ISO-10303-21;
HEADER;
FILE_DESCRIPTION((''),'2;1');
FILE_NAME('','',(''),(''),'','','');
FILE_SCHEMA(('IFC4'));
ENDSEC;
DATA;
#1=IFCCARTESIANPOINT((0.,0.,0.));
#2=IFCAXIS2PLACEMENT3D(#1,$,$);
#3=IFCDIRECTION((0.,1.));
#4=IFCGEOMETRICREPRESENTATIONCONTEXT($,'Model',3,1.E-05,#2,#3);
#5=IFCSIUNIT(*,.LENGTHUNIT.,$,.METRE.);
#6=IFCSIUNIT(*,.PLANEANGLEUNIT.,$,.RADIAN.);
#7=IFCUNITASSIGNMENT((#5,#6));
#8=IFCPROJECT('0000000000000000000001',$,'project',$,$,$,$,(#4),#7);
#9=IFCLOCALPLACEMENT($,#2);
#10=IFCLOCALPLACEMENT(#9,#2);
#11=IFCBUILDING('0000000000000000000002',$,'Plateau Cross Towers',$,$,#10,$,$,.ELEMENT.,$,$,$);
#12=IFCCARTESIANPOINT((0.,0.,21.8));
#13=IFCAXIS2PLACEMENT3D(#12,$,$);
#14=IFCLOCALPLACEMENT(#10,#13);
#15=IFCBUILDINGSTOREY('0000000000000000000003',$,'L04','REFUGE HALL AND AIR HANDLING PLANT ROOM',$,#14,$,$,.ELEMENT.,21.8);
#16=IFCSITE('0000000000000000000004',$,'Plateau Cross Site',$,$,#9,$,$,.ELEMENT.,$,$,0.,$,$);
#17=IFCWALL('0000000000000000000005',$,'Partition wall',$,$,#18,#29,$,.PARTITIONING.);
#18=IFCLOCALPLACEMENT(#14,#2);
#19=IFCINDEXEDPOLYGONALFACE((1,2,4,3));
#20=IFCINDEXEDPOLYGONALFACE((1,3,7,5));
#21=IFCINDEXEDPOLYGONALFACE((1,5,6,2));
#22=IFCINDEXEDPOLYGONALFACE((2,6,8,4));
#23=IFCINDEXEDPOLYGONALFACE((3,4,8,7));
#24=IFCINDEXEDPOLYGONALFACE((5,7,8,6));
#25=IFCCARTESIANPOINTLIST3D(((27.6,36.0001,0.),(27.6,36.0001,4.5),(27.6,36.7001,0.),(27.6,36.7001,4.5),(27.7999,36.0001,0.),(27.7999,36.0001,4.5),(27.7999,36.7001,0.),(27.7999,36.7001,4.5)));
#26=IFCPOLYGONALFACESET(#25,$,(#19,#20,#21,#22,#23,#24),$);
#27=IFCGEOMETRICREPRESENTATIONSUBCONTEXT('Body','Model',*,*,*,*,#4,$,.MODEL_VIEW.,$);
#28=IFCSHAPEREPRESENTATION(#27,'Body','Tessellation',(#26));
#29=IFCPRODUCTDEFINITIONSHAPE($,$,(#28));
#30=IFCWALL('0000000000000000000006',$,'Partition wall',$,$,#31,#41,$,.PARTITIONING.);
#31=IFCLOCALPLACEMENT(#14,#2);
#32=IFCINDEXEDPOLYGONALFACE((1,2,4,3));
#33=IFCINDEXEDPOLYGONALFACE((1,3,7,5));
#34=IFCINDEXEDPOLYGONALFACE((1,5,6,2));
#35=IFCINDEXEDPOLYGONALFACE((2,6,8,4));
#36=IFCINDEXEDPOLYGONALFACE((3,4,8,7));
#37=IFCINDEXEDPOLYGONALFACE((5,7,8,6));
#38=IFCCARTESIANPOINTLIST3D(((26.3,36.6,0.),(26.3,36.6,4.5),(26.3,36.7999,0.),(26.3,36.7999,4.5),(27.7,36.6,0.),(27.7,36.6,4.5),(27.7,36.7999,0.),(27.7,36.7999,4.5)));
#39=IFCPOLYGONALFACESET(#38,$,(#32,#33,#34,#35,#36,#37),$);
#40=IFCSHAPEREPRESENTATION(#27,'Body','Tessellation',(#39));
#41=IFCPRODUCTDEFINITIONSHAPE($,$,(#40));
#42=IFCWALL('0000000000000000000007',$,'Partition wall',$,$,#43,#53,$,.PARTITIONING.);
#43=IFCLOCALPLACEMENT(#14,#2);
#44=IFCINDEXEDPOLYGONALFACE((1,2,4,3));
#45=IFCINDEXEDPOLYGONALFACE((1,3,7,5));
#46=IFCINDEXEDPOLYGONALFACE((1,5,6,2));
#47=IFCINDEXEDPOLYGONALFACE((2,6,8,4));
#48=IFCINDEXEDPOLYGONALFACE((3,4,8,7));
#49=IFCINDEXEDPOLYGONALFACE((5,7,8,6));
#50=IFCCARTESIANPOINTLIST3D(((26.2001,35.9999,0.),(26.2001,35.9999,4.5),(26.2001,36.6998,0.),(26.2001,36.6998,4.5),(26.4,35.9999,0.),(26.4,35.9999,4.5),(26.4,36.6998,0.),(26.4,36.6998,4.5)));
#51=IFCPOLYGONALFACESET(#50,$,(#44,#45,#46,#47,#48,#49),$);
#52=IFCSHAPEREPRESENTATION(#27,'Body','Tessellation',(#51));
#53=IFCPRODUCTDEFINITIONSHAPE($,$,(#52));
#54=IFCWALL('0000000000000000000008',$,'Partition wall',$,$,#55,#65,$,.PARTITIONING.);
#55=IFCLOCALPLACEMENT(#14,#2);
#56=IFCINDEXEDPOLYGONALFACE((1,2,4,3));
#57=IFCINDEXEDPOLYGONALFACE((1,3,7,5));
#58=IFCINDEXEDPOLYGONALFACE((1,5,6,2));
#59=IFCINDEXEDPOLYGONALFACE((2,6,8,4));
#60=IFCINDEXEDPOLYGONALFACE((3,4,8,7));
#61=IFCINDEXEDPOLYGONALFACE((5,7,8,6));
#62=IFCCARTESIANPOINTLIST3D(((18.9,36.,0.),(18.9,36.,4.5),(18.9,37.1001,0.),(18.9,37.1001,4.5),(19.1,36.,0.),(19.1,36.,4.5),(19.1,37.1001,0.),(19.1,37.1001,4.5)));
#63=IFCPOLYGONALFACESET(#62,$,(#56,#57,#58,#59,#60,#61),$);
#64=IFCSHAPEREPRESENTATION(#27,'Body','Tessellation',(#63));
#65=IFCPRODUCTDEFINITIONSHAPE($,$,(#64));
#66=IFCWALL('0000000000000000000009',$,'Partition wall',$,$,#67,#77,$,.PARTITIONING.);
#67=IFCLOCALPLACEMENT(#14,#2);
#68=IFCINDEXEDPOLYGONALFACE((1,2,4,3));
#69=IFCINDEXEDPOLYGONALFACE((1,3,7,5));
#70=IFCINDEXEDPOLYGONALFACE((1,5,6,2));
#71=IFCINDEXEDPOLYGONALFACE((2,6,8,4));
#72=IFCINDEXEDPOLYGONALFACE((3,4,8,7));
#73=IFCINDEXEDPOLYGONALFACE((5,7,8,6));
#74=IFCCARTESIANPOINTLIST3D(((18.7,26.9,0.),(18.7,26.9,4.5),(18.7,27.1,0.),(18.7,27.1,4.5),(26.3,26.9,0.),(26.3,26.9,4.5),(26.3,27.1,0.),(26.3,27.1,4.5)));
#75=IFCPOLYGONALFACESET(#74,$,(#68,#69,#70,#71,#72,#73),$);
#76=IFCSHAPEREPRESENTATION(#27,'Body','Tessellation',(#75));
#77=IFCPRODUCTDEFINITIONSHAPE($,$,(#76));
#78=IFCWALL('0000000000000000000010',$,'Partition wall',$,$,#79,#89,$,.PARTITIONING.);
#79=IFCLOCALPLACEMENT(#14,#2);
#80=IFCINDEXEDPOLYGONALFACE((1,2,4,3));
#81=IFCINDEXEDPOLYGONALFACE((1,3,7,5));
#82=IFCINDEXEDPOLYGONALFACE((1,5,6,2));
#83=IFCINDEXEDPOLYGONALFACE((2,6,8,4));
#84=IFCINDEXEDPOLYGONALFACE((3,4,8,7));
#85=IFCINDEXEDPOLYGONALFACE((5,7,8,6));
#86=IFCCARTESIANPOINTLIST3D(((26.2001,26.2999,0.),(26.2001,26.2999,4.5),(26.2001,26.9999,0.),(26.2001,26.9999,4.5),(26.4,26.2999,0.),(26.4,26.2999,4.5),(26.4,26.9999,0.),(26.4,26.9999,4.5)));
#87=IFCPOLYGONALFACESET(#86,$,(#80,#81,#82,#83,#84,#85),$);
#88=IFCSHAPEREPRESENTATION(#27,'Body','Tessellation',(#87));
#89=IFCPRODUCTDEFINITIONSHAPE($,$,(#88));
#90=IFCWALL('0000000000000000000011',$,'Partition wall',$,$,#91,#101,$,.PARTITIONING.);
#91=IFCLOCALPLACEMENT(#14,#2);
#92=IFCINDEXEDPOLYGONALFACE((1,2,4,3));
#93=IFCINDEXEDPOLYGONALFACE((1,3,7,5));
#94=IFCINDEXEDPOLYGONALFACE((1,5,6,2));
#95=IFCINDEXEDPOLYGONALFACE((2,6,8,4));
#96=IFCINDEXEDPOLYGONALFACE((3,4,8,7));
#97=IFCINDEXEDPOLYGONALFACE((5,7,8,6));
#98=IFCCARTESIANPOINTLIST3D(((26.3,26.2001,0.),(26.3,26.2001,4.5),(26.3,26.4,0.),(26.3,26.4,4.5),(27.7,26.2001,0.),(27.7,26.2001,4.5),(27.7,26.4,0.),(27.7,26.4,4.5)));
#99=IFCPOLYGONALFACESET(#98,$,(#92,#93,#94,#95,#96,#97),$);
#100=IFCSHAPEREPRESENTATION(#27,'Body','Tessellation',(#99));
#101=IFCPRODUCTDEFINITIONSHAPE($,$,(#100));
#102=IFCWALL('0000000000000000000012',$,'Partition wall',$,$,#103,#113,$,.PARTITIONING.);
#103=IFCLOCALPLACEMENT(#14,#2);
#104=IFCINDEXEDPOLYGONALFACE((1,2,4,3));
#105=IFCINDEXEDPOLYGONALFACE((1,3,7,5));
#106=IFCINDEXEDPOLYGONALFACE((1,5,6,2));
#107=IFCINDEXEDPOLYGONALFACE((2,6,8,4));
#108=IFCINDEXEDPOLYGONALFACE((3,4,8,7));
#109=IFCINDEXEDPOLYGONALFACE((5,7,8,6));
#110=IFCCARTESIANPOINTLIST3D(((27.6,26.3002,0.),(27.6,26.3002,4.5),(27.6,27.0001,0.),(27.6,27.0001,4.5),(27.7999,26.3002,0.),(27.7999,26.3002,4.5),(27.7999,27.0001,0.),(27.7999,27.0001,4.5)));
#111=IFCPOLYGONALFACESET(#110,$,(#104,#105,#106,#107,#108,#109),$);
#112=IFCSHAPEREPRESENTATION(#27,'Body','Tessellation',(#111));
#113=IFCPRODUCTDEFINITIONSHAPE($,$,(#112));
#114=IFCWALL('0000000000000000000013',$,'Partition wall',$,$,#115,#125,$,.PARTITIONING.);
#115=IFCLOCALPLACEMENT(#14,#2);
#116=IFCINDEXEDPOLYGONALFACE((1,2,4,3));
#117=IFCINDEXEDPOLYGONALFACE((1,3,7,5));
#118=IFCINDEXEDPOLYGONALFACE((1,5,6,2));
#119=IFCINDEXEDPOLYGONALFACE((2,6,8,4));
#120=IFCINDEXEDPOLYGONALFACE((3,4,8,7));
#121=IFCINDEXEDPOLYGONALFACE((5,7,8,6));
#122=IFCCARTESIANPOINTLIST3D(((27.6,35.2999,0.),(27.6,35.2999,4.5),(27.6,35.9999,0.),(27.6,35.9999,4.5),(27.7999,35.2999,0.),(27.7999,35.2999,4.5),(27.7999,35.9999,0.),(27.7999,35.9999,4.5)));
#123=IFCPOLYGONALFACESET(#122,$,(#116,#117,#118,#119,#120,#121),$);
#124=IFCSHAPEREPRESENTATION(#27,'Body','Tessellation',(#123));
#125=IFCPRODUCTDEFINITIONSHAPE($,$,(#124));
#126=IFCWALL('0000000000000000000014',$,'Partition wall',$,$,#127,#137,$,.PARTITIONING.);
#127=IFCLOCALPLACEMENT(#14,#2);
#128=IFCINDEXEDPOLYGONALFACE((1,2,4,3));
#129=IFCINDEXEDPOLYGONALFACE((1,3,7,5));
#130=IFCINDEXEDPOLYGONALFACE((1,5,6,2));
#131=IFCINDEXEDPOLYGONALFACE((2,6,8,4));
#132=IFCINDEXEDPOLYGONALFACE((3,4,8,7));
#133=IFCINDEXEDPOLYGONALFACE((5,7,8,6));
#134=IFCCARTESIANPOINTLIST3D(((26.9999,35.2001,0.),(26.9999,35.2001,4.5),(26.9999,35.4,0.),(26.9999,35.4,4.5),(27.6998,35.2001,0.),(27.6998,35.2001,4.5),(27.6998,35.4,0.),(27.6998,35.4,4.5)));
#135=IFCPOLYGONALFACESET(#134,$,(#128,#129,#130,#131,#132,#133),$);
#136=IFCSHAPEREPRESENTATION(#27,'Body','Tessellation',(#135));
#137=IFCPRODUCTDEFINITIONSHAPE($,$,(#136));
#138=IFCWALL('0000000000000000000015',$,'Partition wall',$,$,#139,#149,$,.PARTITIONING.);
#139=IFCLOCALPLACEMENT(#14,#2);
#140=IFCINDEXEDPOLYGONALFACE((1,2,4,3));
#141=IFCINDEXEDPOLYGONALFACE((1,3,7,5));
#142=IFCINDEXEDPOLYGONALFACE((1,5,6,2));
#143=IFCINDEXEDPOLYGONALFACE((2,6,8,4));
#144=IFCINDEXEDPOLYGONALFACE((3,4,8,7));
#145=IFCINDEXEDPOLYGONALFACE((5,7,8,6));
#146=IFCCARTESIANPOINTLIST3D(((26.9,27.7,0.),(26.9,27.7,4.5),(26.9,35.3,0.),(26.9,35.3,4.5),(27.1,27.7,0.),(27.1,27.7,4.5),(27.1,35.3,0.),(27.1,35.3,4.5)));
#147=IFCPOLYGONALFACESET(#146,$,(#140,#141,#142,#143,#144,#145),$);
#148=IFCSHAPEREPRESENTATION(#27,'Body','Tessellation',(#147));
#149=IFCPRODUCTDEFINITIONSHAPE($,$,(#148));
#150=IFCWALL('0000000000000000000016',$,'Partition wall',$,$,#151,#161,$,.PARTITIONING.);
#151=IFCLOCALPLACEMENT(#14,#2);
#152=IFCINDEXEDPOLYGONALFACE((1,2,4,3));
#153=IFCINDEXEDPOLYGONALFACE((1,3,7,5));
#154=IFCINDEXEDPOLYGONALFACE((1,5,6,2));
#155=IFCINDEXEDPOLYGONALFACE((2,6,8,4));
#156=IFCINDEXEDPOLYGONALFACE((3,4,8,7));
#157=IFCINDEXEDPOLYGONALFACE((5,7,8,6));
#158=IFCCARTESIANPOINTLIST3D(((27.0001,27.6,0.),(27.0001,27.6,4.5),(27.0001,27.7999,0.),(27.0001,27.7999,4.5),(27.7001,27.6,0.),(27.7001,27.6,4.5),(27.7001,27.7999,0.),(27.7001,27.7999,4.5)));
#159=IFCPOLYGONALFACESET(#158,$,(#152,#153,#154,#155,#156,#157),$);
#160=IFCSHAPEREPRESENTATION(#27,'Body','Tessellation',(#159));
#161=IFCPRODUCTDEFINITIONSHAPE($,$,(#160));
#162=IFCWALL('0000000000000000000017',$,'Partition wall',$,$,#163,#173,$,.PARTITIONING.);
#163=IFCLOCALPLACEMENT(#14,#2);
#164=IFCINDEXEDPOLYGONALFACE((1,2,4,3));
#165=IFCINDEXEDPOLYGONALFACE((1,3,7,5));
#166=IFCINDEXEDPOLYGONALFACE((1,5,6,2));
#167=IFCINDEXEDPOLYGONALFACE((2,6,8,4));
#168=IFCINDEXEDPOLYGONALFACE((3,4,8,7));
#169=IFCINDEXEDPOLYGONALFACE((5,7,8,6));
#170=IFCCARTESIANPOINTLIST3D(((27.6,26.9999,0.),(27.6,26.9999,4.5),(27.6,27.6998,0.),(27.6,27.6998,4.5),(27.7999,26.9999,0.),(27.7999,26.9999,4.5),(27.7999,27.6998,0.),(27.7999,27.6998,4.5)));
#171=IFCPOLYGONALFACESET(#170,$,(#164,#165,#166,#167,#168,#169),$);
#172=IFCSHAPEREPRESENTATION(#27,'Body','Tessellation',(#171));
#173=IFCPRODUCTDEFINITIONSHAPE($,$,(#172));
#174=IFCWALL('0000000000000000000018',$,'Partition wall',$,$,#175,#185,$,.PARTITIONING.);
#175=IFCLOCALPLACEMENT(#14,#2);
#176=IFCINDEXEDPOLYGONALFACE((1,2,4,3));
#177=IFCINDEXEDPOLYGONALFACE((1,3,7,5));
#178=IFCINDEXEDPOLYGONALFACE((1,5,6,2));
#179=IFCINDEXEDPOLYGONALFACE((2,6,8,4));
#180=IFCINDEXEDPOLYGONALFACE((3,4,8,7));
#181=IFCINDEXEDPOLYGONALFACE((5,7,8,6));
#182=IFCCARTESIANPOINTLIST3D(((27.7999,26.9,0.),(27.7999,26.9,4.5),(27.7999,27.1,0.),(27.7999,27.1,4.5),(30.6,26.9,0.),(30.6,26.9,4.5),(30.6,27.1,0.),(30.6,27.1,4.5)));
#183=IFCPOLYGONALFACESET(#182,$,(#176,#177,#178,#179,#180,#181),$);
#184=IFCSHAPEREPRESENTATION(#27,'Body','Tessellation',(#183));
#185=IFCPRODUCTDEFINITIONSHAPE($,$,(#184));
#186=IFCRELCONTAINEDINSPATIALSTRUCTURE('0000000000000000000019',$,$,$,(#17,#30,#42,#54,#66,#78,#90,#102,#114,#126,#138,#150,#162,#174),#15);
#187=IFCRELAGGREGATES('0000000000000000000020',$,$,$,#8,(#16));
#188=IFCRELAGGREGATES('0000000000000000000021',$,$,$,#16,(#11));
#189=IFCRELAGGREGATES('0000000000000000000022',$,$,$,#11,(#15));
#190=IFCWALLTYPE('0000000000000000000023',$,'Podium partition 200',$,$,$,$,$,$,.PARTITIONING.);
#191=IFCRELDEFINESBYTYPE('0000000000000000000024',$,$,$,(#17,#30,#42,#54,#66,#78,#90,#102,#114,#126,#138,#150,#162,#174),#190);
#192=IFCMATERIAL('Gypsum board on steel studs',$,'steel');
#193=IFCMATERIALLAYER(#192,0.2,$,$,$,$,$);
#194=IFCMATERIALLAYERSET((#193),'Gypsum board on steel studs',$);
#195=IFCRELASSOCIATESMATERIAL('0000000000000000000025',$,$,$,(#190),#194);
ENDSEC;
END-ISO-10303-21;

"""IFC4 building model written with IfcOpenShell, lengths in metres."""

from ifc_helpers import new_model, si_unit, direction, frame, frame_2d, origin, place, context, subcontext, project, spatial, rectangle, extrude, material, layer, layer_set, type_object, element, save


model = new_model("IFC4")

# Units and contexts
model_context = context("Model", 3, precision=1e-05, world=origin(), true_north=direction((0.0, 1.0)))
body_context = subcontext(model_context, "Body", "Model", "MODEL_VIEW")
ifc_project = project(units=[si_unit("LENGTHUNIT", "METRE"), si_unit("PLANEANGLEUNIT", "RADIAN")], contexts=[model_context])

# Site, building, storey
site_placement = place(None, origin())
site = spatial("IfcSite", under=ifc_project, at=site_placement, Name="Plateau Cross Site", CompositionType="ELEMENT", RefElevation=0.0)
building_placement = place(site_placement, origin())
building = spatial("IfcBuilding", under=site, at=building_placement, Name="Plateau Cross Towers", CompositionType="ELEMENT")
storey_placement = place(building_placement, frame((0.0, 0.0, 21.8)))
storey = spatial("IfcBuildingStorey", under=building, at=storey_placement, Name="L04", Description="REFUGE HALL AND AIR HANDLING PLANT ROOM", CompositionType="ELEMENT", Elevation=21.8)

# Walls
ifc_material_1 = material(Name="Gypsum board on steel studs", Category="steel")
ifc_layer_1 = layer(ifc_material_1, 0.2)
ifc_layer_set_1 = layer_set([ifc_layer_1], Name="Gypsum board on steel studs")
wall_type_1 = type_object("IfcWallType", Name="Podium partition 200", PredefinedType="PARTITIONING", material=ifc_layer_set_1)
wall_1_placement = place(storey_placement, frame((27.7, 36.0, 0.0), z_axis=(0.0, 0.0, 1.0), x_axis=(0.0, 1.0, 0.0)))
element("IfcWall", 1, at=wall_1_placement, inside=storey, type_object=wall_type_1, Name="Partition wall", PredefinedType="PARTITIONING", context=body_context, shape_type="SweptSolid", body=[
    extrude(rectangle(XDim=0.7, YDim=0.2, at=frame_2d((0.3501, 0.0))), origin(), (0.0, 0.0, 1.0), 4.5),
])
wall_2_placement = place(storey_placement, frame((27.7, 36.7, 0.0), z_axis=(0.0, 0.0, 1.0), x_axis=(-1.0, 0.0, 0.0)))
element("IfcWall", 2, at=wall_2_placement, inside=storey, type_object=wall_type_1, Name="Partition wall", PredefinedType="PARTITIONING", context=body_context, shape_type="SweptSolid", body=[
    extrude(rectangle(XDim=1.3999, YDim=0.2, at=frame_2d((0.7, 0.0))), origin(), (0.0, 0.0, 1.0), 4.5),
])
wall_3_placement = place(storey_placement, frame((26.3, 36.7, 0.0), z_axis=(0.0, 0.0, 1.0), x_axis=(0.0, -1.0, 0.0)))
element("IfcWall", 3, at=wall_3_placement, inside=storey, type_object=wall_type_1, Name="Partition wall", PredefinedType="PARTITIONING", context=body_context, shape_type="SweptSolid", body=[
    extrude(rectangle(XDim=0.7, YDim=0.2, at=frame_2d((0.3501, 0.0))), origin(), (0.0, 0.0, 1.0), 4.5),
])
wall_4_placement = place(storey_placement, frame((19.0, 36.0, 0.0), z_axis=(0.0, 0.0, 1.0), x_axis=(0.0, 1.0, 0.0)))
element("IfcWall", 4, at=wall_4_placement, inside=storey, type_object=wall_type_1, Name="Partition wall", PredefinedType="PARTITIONING", context=body_context, shape_type="SweptSolid", body=[
    extrude(rectangle(XDim=1.1001, YDim=0.2, at=frame_2d((0.55, 0.0))), origin(), (0.0, 0.0, 1.0), 4.5),
])
wall_5_placement = place(storey_placement, frame((18.7, 27.0, 0.0), z_axis=(0.0, 0.0, 1.0), x_axis=(1.0, 0.0, 0.0)))
element("IfcWall", 5, at=wall_5_placement, inside=storey, type_object=wall_type_1, Name="Partition wall", PredefinedType="PARTITIONING", context=body_context, shape_type="SweptSolid", body=[
    extrude(rectangle(XDim=7.6001, YDim=0.2, at=frame_2d((3.8, 0.0))), origin(), (0.0, 0.0, 1.0), 4.5),
])
wall_6_placement = place(storey_placement, frame((26.3, 27.0, 0.0), z_axis=(0.0, 0.0, 1.0), x_axis=(0.0, -1.0, 0.0)))
element("IfcWall", 6, at=wall_6_placement, inside=storey, type_object=wall_type_1, Name="Partition wall", PredefinedType="PARTITIONING", context=body_context, shape_type="SweptSolid", body=[
    extrude(rectangle(XDim=0.7, YDim=0.2, at=frame_2d((0.3501, 0.0))), origin(), (0.0, 0.0, 1.0), 4.5),
])
wall_7_placement = place(storey_placement, frame((26.3, 26.3, 0.0), z_axis=(0.0, 0.0, 1.0), x_axis=(1.0, 0.0, 0.0)))
element("IfcWall", 7, at=wall_7_placement, inside=storey, type_object=wall_type_1, Name="Partition wall", PredefinedType="PARTITIONING", context=body_context, shape_type="SweptSolid", body=[
    extrude(rectangle(XDim=1.3999, YDim=0.2, at=frame_2d((0.7, 0.0))), origin(), (0.0, 0.0, 1.0), 4.5),
])
for number, where, z_axis, x_axis, name in (
    (8, (27.7, 26.3, 0.0), (0.0, 0.0, 1.0), (0.0, 1.0, 0.0), "Partition wall"),
    (9, (27.7, 36.0, 0.0), (0.0, 0.0, 1.0), (0.0, -1.0, 0.0), "Partition wall"),
    (10, (27.7, 35.3, 0.0), (0.0, 0.0, 1.0), (-1.0, 0.0, 0.0), "Partition wall"),
):
    element("IfcWall", number, at=place(storey_placement, frame(where, z_axis=z_axis, x_axis=x_axis)), inside=storey, type_object=wall_type_1, Name=name, PredefinedType="PARTITIONING", context=body_context, shape_type="SweptSolid", body=[
        extrude(rectangle(XDim=0.7, YDim=0.2, at=frame_2d((0.3501, 0.0))), origin(), (0.0, 0.0, 1.0), 4.5),
    ])
wall_8_placement = place(storey_placement, frame((27.0, 35.3, 0.0), z_axis=(0.0, 0.0, 1.0), x_axis=(0.0, -1.0, 0.0)))
element("IfcWall", 11, at=wall_8_placement, inside=storey, type_object=wall_type_1, Name="Partition wall", PredefinedType="PARTITIONING", context=body_context, shape_type="SweptSolid", body=[
    extrude(rectangle(XDim=7.6001, YDim=0.2, at=frame_2d((3.8, 0.0))), origin(), (0.0, 0.0, 1.0), 4.5),
])
for number, where, z_axis, x_axis, name in (
    (12, (27.0, 27.7, 0.0), (0.0, 0.0, 1.0), (1.0, 0.0, 0.0), "Partition wall"),
    (13, (27.7, 27.7, 0.0), (0.0, 0.0, 1.0), (0.0, -1.0, 0.0), "Partition wall"),
):
    element("IfcWall", number, at=place(storey_placement, frame(where, z_axis=z_axis, x_axis=x_axis)), inside=storey, type_object=wall_type_1, Name=name, PredefinedType="PARTITIONING", context=body_context, shape_type="SweptSolid", body=[
        extrude(rectangle(XDim=0.7, YDim=0.2, at=frame_2d((0.3501, 0.0))), origin(), (0.0, 0.0, 1.0), 4.5),
    ])
wall_9_placement = place(storey_placement, frame((27.8, 27.0, 0.0), z_axis=(0.0, 0.0, 1.0), x_axis=(1.0, 0.0, 0.0)))
element("IfcWall", 14, at=wall_9_placement, inside=storey, type_object=wall_type_1, Name="Partition wall", PredefinedType="PARTITIONING", context=body_context, shape_type="SweptSolid", body=[
    extrude(rectangle(XDim=2.8, YDim=0.2, at=frame_2d((1.3999, 0.0))), origin(), (0.0, 0.0, 1.0), 4.5),
])

save(model, "model.ifc")
